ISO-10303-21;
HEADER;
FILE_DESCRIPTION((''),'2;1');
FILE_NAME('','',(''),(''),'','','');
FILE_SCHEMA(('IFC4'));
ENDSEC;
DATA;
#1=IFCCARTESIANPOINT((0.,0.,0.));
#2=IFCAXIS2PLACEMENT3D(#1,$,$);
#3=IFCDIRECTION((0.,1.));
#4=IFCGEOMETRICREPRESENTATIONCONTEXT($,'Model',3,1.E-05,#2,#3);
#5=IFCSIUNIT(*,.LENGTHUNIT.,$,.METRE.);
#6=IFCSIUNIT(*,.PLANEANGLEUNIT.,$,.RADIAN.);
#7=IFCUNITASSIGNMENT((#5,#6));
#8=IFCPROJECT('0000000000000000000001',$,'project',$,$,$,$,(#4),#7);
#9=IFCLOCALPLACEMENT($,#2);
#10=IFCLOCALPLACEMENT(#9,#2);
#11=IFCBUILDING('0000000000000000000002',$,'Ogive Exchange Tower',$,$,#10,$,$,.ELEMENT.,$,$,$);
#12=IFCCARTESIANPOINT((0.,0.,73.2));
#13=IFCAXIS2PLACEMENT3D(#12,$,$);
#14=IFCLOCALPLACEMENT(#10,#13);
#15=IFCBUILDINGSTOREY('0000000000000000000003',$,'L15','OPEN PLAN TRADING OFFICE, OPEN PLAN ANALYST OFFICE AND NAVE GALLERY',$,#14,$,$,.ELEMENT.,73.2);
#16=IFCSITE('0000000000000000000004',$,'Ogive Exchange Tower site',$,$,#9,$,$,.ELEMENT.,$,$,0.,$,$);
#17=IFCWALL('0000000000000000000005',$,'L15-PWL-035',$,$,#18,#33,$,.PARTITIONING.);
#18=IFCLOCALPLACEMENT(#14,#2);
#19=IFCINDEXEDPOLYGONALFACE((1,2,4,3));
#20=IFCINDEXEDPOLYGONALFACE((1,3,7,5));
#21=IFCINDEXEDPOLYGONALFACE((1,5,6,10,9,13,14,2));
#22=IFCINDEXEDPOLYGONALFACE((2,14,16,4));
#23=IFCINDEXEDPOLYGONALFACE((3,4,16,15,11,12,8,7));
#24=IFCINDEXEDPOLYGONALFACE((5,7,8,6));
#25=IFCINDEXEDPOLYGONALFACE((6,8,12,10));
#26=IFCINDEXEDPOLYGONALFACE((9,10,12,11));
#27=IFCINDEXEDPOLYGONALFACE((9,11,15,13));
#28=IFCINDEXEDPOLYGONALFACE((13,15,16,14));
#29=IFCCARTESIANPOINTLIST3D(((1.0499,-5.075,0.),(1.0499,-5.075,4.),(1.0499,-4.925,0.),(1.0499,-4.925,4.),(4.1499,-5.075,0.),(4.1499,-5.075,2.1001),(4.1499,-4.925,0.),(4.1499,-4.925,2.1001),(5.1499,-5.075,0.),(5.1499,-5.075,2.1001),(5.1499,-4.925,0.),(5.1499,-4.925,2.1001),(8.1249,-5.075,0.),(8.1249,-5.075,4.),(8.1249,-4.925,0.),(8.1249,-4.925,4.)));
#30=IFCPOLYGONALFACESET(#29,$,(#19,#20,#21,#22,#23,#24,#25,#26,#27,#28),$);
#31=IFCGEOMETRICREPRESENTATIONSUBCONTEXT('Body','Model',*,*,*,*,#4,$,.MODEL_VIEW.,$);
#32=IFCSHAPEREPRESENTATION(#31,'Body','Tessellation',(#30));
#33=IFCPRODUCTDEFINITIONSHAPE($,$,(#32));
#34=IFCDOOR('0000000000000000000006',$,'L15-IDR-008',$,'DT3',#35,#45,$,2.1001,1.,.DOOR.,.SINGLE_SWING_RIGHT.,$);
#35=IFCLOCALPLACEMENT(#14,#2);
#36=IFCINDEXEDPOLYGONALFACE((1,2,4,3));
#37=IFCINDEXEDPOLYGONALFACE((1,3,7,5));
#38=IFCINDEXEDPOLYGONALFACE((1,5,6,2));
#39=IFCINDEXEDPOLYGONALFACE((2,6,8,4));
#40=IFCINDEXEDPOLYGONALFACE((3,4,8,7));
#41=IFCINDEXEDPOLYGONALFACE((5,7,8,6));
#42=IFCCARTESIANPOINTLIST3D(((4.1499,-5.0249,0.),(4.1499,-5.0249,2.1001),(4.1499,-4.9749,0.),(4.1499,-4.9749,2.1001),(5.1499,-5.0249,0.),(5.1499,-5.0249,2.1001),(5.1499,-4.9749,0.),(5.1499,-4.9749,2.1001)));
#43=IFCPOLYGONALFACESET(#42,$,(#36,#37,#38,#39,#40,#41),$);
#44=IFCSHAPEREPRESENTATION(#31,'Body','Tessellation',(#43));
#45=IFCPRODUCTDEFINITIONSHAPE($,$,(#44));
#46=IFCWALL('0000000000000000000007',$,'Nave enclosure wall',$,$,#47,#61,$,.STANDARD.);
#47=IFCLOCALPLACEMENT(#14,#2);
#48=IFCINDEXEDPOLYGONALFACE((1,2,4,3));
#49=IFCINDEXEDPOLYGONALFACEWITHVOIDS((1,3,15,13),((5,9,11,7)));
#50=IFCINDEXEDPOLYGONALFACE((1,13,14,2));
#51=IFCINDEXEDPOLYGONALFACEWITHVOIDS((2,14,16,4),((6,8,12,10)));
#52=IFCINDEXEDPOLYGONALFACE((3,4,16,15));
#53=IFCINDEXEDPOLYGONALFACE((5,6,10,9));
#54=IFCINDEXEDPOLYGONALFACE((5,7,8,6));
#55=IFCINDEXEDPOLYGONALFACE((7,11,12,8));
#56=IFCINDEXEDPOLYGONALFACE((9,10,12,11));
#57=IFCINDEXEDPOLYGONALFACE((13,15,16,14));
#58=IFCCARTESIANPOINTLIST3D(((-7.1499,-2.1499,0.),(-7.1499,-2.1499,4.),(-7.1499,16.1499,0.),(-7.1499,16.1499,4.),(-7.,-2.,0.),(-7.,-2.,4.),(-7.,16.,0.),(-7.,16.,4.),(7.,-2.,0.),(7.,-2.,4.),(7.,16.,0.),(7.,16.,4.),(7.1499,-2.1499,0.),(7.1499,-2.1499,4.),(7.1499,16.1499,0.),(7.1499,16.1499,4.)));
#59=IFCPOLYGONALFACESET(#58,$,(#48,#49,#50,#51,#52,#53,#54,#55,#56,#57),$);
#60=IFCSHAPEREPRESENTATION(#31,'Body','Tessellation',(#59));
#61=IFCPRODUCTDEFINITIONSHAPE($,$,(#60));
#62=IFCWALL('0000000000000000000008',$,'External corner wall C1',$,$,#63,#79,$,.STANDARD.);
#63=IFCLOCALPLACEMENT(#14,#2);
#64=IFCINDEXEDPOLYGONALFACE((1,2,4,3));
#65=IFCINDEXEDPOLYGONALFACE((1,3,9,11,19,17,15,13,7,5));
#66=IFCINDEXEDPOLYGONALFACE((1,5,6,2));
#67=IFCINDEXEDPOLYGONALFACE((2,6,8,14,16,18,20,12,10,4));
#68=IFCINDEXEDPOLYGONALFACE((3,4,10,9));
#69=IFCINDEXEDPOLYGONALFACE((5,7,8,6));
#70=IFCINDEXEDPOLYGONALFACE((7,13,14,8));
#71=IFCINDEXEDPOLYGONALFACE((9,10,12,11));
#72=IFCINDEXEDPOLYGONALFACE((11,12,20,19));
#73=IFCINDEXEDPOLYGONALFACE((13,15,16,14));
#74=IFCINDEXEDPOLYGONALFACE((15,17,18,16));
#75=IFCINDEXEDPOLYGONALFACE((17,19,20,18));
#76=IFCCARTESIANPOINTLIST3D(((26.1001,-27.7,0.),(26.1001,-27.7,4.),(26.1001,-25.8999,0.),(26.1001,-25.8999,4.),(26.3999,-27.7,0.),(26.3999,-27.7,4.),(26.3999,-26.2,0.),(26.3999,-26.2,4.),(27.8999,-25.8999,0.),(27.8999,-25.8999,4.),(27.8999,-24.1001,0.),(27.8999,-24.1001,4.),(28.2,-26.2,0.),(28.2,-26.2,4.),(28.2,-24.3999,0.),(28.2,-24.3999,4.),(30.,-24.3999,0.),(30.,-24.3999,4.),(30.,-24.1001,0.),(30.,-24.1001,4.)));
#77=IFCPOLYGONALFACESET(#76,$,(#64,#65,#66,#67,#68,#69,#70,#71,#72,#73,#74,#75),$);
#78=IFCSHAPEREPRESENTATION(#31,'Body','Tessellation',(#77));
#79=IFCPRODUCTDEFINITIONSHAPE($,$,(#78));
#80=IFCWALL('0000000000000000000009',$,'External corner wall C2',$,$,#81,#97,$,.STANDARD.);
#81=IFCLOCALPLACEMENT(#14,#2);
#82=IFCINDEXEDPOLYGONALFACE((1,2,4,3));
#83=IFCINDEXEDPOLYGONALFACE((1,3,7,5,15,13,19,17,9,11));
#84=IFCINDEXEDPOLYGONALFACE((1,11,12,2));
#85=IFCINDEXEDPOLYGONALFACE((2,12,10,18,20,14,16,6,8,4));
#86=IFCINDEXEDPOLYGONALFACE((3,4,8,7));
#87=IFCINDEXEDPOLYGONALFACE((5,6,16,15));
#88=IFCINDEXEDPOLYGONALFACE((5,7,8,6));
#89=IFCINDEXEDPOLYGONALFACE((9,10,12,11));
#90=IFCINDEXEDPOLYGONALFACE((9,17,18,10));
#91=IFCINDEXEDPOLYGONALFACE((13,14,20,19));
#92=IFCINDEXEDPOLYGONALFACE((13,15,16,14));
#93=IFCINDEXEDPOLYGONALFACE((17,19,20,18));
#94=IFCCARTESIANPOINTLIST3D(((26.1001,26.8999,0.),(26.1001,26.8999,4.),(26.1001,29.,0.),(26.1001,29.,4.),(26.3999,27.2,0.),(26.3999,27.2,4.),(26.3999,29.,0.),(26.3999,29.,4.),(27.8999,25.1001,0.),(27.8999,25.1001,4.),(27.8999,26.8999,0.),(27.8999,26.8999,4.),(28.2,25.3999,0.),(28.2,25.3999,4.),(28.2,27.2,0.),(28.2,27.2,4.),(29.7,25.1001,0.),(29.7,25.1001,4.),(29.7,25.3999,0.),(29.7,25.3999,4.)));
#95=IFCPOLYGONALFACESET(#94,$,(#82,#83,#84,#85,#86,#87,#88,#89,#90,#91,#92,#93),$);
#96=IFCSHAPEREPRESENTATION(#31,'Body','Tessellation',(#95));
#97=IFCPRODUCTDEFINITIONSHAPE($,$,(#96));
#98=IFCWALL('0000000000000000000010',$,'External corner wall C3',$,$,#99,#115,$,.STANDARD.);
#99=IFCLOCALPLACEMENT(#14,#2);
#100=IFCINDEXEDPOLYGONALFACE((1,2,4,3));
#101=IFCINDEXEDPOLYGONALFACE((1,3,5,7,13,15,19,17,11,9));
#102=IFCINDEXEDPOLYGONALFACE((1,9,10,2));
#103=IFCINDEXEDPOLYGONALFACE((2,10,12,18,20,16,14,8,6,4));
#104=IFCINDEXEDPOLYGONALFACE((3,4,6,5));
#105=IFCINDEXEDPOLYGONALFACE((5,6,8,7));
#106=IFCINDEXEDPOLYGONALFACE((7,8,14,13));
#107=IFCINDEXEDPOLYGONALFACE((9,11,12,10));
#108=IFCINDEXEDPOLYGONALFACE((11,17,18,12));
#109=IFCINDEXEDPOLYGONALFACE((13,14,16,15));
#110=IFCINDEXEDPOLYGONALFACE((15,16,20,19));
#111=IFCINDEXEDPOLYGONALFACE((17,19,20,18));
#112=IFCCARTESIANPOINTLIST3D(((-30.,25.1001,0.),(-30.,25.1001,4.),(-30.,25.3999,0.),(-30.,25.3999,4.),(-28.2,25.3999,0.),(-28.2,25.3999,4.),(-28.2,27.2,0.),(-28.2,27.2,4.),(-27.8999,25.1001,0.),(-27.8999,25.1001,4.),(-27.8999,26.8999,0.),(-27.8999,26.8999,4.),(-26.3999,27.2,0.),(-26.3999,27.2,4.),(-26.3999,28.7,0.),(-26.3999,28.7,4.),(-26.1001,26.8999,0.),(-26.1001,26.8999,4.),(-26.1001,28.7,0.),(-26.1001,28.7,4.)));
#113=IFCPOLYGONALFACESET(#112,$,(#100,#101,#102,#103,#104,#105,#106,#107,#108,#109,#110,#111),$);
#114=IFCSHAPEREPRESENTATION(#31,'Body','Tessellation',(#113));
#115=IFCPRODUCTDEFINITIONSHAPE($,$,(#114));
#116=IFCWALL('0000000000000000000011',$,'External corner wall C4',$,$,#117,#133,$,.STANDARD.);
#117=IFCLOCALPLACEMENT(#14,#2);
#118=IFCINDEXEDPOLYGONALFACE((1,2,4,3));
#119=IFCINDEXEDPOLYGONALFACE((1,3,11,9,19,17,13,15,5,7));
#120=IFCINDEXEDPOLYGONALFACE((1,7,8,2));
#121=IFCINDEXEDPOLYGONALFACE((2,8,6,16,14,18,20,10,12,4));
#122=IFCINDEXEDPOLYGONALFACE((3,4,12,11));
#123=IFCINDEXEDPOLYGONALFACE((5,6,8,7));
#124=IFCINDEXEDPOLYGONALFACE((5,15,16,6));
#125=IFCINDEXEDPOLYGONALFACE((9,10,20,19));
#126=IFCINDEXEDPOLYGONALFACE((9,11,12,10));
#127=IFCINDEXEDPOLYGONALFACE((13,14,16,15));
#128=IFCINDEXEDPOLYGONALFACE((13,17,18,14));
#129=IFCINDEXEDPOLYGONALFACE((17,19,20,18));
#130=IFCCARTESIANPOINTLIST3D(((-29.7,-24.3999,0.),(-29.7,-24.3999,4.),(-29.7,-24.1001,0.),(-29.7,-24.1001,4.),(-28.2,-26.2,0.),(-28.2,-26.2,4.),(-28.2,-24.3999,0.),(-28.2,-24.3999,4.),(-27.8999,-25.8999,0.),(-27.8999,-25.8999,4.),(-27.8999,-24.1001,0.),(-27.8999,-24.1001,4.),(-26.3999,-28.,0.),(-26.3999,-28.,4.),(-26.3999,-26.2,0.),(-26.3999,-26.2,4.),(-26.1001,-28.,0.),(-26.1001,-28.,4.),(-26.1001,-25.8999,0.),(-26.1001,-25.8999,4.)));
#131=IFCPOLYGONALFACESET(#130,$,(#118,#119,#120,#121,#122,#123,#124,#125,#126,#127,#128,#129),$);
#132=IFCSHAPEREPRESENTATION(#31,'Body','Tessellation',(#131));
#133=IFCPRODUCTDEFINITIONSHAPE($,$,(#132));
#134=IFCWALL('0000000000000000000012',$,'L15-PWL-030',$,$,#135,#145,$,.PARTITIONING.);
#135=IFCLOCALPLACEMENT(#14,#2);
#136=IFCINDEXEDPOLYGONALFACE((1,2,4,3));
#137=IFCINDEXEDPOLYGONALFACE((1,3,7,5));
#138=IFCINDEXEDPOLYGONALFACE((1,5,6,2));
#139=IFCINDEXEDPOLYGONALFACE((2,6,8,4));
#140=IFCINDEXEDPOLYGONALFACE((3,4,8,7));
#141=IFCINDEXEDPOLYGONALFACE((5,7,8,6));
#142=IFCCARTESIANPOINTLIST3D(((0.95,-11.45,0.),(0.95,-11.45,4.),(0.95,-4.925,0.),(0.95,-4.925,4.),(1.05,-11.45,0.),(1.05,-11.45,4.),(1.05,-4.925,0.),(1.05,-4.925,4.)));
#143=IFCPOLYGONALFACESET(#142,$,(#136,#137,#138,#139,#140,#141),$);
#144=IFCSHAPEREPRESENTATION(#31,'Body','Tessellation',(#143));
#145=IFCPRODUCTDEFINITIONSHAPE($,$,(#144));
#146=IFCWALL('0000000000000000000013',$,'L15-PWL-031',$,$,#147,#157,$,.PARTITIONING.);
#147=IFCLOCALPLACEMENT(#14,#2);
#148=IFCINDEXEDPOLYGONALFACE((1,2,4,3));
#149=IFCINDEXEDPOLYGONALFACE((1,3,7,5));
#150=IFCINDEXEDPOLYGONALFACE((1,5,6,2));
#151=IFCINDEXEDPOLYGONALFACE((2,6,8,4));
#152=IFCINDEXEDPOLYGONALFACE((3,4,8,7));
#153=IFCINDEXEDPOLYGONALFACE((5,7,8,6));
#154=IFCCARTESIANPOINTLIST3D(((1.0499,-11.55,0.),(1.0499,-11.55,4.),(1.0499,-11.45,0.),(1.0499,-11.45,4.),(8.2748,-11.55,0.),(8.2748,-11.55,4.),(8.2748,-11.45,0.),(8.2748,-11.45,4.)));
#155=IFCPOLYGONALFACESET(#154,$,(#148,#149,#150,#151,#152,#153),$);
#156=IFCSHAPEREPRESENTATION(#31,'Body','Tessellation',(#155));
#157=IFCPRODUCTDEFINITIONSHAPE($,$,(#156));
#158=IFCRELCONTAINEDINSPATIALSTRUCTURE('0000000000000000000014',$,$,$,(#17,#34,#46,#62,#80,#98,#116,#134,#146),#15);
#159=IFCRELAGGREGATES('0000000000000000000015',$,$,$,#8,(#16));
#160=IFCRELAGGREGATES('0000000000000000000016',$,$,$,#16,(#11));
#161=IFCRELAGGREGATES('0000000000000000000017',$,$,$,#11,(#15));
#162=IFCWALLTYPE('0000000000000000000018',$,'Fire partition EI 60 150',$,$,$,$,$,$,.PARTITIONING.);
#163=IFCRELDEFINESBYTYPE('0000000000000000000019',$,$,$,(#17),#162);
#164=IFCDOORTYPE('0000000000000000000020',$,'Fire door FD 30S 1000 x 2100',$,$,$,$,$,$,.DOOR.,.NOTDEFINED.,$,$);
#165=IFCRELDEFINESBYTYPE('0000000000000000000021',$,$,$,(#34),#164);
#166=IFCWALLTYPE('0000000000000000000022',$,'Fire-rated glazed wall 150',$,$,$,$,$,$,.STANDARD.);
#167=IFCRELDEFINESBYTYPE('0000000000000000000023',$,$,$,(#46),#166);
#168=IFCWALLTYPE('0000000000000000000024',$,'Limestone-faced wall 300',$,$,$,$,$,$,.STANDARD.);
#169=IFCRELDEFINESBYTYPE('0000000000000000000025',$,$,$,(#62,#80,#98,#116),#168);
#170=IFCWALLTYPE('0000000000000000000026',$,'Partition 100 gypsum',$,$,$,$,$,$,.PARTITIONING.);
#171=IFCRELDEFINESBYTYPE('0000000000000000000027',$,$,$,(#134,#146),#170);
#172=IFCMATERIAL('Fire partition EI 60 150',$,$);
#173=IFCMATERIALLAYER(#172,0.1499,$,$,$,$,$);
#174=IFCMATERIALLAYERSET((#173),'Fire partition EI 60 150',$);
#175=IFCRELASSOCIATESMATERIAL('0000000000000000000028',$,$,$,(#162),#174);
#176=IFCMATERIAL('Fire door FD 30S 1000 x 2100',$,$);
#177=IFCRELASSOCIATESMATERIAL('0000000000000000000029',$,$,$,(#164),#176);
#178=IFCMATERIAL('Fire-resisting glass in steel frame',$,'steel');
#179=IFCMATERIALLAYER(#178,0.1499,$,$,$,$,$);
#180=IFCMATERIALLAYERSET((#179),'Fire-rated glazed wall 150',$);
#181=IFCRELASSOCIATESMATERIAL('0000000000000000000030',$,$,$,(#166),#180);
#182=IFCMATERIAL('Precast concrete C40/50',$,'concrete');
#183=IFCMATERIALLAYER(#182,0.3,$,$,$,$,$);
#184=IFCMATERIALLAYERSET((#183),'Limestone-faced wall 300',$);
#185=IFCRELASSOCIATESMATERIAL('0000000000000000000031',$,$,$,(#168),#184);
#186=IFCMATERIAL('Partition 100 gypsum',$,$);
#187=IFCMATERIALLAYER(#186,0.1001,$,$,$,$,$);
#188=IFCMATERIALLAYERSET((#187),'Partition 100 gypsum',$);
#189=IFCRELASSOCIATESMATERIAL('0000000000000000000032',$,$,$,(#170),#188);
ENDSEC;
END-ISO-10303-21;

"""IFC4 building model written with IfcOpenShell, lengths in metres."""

from ifc_helpers import new_model, si_unit, direction, frame, frame_2d, origin, place, context, subcontext, project, spatial, polyline, rectangle, outline, extrude, material, layer, layer_set, type_object, element, fill, save


model = new_model("IFC4")

# Units and contexts
model_context = context("Model", 3, precision=1e-05, world=origin(), true_north=direction((0.0, 1.0)))
body_context = subcontext(model_context, "Body", "Model", "MODEL_VIEW")
ifc_project = project(units=[si_unit("LENGTHUNIT", "METRE"), si_unit("PLANEANGLEUNIT", "RADIAN")], contexts=[model_context])

# Site, building, storey
site_placement = place(None, origin())
site = spatial("IfcSite", under=ifc_project, at=site_placement, Name="Ogive Exchange Tower site", CompositionType="ELEMENT", RefElevation=0.0)
building_placement = place(site_placement, origin())
building = spatial("IfcBuilding", under=site, at=building_placement, Name="Ogive Exchange Tower", CompositionType="ELEMENT")
storey_placement = place(building_placement, frame((0.0, 0.0, 73.2)))
storey = spatial("IfcBuildingStorey", under=building, at=storey_placement, Name="L15", Description="OPEN PLAN TRADING OFFICE, OPEN PLAN ANALYST OFFICE AND NAVE GALLERY", CompositionType="ELEMENT", Elevation=73.2)

# Shared definitions
ifc_material_1 = material(Name="Fire partition EI 60 150")
ifc_layer_1 = layer(ifc_material_1, 0.1499)
ifc_layer_set_1 = layer_set([ifc_layer_1], Name="Fire partition EI 60 150")
wall_type_1 = type_object("IfcWallType", Name="Fire partition EI 60 150", PredefinedType="PARTITIONING", material=ifc_layer_set_1)

# Wall, opening, door
wall_1_placement = place(storey_placement, frame((8.125, -5.0, 0.0), z_axis=(0.0, 0.0, 1.0), x_axis=(-1.0, 0.0, 0.0)))
wall_1 = element("IfcWall", 1, at=wall_1_placement, inside=storey, type_object=wall_type_1, Name="L15-PWL-035", PredefinedType="PARTITIONING", context=body_context, shape_type="SweptSolid", body=[
    extrude(rectangle(XDim=7.075, YDim=0.1499, at=frame_2d((3.5376, 0.0))), origin(), (0.0, 0.0, 1.0), 4.0),
])
opening_1_placement = place(wall_1_placement, frame((2.9751, 0.0, 0.0)))
opening_1 = element("IfcOpeningElement", 2, at=opening_1_placement, cuts=wall_1, PredefinedType="OPENING", context=body_context, shape_type="SweptSolid", body=[
    extrude(rectangle(XDim=1.0, YDim=2.1001, at=frame_2d((0.5, 1.05))), frame((0.0, 0.085, 0.0), z_axis=(0.0, -1.0, 0.0), x_axis=(1.0, 0.0, 0.0)), (0.0, 0.0, 1.0), 0.1699),
])
ifc_material_2 = material(Name="Fire door FD 30S 1000 x 2100")
door_type_1 = type_object("IfcDoorType", Name="Fire door FD 30S 1000 x 2100", OperationType="NOTDEFINED", PredefinedType="DOOR", material=ifc_material_2)
door_1_placement = place(opening_1_placement, origin())
door_1 = element("IfcDoor", 3, at=door_1_placement, inside=storey, type_object=door_type_1, Name="L15-IDR-008", ObjectType="DT3", OperationType="SINGLE_SWING_RIGHT", OverallHeight=2.1001, OverallWidth=1.0, PredefinedType="DOOR", context=body_context, shape_type="SweptSolid", body=[
    extrude(rectangle(XDim=1.0, YDim=2.1001, at=frame_2d((0.5, 1.05))), frame((0.0, 0.0249, 0.0), z_axis=(0.0, -1.0, 0.0), x_axis=(1.0, 0.0, 0.0)), (0.0, 0.0, 1.0), 0.05),
])
fill(opening_1, door_1)

# Walls
ifc_material_3 = material(Name="Fire-resisting glass in steel frame", Category="steel")
ifc_layer_2 = layer(ifc_material_3, 0.1499)
ifc_layer_set_2 = layer_set([ifc_layer_2], Name="Fire-rated glazed wall 150")
wall_type_2 = type_object("IfcWallType", Name="Fire-rated glazed wall 150", PredefinedType="STANDARD", material=ifc_layer_set_2)
wall_2_placement = place(storey_placement, origin())
element("IfcWall", 4, at=wall_2_placement, inside=storey, type_object=wall_type_2, Name="Nave enclosure wall", PredefinedType="STANDARD", context=body_context, shape_type="SweptSolid", body=[
    extrude(outline(polyline([(-7.1499, -2.1499), (7.1499, -2.1499), (7.1499, 16.1499), (-7.1499, 16.1499), (-7.1499, -2.1499)]), holes=[polyline([(-7.0, -2.0), (-7.0, 16.0), (7.0, 16.0), (7.0, -2.0), (-7.0, -2.0)])]), origin(), (0.0, 0.0, 1.0), 4.0),
])
ifc_material_4 = material(Name="Precast concrete C40/50", Category="concrete")
ifc_layer_3 = layer(ifc_material_4, 0.3)
ifc_layer_set_3 = layer_set([ifc_layer_3], Name="Limestone-faced wall 300")
wall_type_3 = type_object("IfcWallType", Name="Limestone-faced wall 300", PredefinedType="STANDARD", material=ifc_layer_set_3)
wall_3_placement = place(storey_placement, origin())
element("IfcWall", 5, at=wall_3_placement, inside=storey, type_object=wall_type_3, Name="External corner wall C1", PredefinedType="STANDARD", context=body_context, shape_type="SweptSolid", body=[
    extrude(outline(polyline([(27.8999, -25.8999), (27.8999, -24.1001), (30.0, -24.1001), (30.0, -24.3999), (28.2, -24.3999), (28.2, -26.2), (26.3999, -26.2), (26.3999, -27.7), (26.1001, -27.7), (26.1001, -25.8999), (27.8999, -25.8999)])), origin(), (0.0, 0.0, 1.0), 4.0),
])
wall_4_placement = place(storey_placement, origin())
element("IfcWall", 6, at=wall_4_placement, inside=storey, type_object=wall_type_3, Name="External corner wall C2", PredefinedType="STANDARD", context=body_context, shape_type="SweptSolid", body=[
    extrude(outline(polyline([(27.8999, 26.8999), (26.1001, 26.8999), (26.1001, 29.0), (26.3999, 29.0), (26.3999, 27.2), (28.2, 27.2), (28.2, 25.3999), (29.7, 25.3999), (29.7, 25.1001), (27.8999, 25.1001), (27.8999, 26.8999)])), origin(), (0.0, 0.0, 1.0), 4.0),
])
wall_5_placement = place(storey_placement, origin())
element("IfcWall", 7, at=wall_5_placement, inside=storey, type_object=wall_type_3, Name="External corner wall C3", PredefinedType="STANDARD", context=body_context, shape_type="SweptSolid", body=[
    extrude(outline(polyline([(-28.2, 25.3999), (-28.2, 27.2), (-26.3999, 27.2), (-26.3999, 28.7), (-26.1001, 28.7), (-26.1001, 26.8999), (-27.8999, 26.8999), (-27.8999, 25.1001), (-30.0, 25.1001), (-30.0, 25.3999), (-28.2, 25.3999)])), origin(), (0.0, 0.0, 1.0), 4.0),
])
wall_6_placement = place(storey_placement, origin())
element("IfcWall", 8, at=wall_6_placement, inside=storey, type_object=wall_type_3, Name="External corner wall C4", PredefinedType="STANDARD", context=body_context, shape_type="SweptSolid", body=[
    extrude(outline(polyline([(-26.3999, -26.2), (-28.2, -26.2), (-28.2, -24.3999), (-29.7, -24.3999), (-29.7, -24.1001), (-27.8999, -24.1001), (-27.8999, -25.8999), (-26.1001, -25.8999), (-26.1001, -28.0), (-26.3999, -28.0), (-26.3999, -26.2)])), origin(), (0.0, 0.0, 1.0), 4.0),
])
ifc_material_5 = material(Name="Partition 100 gypsum")
ifc_layer_4 = layer(ifc_material_5, 0.1001)
ifc_layer_set_4 = layer_set([ifc_layer_4], Name="Partition 100 gypsum")
wall_type_4 = type_object("IfcWallType", Name="Partition 100 gypsum", PredefinedType="PARTITIONING", material=ifc_layer_set_4)
wall_7_placement = place(storey_placement, frame((1.0, -11.45, 0.0), z_axis=(0.0, 0.0, 1.0), x_axis=(0.0, 1.0, 0.0)))
element("IfcWall", 9, at=wall_7_placement, inside=storey, type_object=wall_type_4, Name="L15-PWL-030", PredefinedType="PARTITIONING", context=body_context, shape_type="SweptSolid", body=[
    extrude(rectangle(XDim=6.5249, YDim=0.1001, at=frame_2d((3.2625, 0.0))), origin(), (0.0, 0.0, 1.0), 4.0),
])
wall_8_placement = place(storey_placement, frame((1.05, -11.5, 0.0), z_axis=(0.0, 0.0, 1.0), x_axis=(1.0, 0.0, 0.0)))
element("IfcWall", 10, at=wall_8_placement, inside=storey, type_object=wall_type_4, Name="L15-PWL-031", PredefinedType="PARTITIONING", context=body_context, shape_type="SweptSolid", body=[
    extrude(rectangle(XDim=7.2249, YDim=0.1001, at=frame_2d((3.6123, 0.0))), origin(), (0.0, 0.0, 1.0), 4.0),
])

save(model, "model.ifc")
